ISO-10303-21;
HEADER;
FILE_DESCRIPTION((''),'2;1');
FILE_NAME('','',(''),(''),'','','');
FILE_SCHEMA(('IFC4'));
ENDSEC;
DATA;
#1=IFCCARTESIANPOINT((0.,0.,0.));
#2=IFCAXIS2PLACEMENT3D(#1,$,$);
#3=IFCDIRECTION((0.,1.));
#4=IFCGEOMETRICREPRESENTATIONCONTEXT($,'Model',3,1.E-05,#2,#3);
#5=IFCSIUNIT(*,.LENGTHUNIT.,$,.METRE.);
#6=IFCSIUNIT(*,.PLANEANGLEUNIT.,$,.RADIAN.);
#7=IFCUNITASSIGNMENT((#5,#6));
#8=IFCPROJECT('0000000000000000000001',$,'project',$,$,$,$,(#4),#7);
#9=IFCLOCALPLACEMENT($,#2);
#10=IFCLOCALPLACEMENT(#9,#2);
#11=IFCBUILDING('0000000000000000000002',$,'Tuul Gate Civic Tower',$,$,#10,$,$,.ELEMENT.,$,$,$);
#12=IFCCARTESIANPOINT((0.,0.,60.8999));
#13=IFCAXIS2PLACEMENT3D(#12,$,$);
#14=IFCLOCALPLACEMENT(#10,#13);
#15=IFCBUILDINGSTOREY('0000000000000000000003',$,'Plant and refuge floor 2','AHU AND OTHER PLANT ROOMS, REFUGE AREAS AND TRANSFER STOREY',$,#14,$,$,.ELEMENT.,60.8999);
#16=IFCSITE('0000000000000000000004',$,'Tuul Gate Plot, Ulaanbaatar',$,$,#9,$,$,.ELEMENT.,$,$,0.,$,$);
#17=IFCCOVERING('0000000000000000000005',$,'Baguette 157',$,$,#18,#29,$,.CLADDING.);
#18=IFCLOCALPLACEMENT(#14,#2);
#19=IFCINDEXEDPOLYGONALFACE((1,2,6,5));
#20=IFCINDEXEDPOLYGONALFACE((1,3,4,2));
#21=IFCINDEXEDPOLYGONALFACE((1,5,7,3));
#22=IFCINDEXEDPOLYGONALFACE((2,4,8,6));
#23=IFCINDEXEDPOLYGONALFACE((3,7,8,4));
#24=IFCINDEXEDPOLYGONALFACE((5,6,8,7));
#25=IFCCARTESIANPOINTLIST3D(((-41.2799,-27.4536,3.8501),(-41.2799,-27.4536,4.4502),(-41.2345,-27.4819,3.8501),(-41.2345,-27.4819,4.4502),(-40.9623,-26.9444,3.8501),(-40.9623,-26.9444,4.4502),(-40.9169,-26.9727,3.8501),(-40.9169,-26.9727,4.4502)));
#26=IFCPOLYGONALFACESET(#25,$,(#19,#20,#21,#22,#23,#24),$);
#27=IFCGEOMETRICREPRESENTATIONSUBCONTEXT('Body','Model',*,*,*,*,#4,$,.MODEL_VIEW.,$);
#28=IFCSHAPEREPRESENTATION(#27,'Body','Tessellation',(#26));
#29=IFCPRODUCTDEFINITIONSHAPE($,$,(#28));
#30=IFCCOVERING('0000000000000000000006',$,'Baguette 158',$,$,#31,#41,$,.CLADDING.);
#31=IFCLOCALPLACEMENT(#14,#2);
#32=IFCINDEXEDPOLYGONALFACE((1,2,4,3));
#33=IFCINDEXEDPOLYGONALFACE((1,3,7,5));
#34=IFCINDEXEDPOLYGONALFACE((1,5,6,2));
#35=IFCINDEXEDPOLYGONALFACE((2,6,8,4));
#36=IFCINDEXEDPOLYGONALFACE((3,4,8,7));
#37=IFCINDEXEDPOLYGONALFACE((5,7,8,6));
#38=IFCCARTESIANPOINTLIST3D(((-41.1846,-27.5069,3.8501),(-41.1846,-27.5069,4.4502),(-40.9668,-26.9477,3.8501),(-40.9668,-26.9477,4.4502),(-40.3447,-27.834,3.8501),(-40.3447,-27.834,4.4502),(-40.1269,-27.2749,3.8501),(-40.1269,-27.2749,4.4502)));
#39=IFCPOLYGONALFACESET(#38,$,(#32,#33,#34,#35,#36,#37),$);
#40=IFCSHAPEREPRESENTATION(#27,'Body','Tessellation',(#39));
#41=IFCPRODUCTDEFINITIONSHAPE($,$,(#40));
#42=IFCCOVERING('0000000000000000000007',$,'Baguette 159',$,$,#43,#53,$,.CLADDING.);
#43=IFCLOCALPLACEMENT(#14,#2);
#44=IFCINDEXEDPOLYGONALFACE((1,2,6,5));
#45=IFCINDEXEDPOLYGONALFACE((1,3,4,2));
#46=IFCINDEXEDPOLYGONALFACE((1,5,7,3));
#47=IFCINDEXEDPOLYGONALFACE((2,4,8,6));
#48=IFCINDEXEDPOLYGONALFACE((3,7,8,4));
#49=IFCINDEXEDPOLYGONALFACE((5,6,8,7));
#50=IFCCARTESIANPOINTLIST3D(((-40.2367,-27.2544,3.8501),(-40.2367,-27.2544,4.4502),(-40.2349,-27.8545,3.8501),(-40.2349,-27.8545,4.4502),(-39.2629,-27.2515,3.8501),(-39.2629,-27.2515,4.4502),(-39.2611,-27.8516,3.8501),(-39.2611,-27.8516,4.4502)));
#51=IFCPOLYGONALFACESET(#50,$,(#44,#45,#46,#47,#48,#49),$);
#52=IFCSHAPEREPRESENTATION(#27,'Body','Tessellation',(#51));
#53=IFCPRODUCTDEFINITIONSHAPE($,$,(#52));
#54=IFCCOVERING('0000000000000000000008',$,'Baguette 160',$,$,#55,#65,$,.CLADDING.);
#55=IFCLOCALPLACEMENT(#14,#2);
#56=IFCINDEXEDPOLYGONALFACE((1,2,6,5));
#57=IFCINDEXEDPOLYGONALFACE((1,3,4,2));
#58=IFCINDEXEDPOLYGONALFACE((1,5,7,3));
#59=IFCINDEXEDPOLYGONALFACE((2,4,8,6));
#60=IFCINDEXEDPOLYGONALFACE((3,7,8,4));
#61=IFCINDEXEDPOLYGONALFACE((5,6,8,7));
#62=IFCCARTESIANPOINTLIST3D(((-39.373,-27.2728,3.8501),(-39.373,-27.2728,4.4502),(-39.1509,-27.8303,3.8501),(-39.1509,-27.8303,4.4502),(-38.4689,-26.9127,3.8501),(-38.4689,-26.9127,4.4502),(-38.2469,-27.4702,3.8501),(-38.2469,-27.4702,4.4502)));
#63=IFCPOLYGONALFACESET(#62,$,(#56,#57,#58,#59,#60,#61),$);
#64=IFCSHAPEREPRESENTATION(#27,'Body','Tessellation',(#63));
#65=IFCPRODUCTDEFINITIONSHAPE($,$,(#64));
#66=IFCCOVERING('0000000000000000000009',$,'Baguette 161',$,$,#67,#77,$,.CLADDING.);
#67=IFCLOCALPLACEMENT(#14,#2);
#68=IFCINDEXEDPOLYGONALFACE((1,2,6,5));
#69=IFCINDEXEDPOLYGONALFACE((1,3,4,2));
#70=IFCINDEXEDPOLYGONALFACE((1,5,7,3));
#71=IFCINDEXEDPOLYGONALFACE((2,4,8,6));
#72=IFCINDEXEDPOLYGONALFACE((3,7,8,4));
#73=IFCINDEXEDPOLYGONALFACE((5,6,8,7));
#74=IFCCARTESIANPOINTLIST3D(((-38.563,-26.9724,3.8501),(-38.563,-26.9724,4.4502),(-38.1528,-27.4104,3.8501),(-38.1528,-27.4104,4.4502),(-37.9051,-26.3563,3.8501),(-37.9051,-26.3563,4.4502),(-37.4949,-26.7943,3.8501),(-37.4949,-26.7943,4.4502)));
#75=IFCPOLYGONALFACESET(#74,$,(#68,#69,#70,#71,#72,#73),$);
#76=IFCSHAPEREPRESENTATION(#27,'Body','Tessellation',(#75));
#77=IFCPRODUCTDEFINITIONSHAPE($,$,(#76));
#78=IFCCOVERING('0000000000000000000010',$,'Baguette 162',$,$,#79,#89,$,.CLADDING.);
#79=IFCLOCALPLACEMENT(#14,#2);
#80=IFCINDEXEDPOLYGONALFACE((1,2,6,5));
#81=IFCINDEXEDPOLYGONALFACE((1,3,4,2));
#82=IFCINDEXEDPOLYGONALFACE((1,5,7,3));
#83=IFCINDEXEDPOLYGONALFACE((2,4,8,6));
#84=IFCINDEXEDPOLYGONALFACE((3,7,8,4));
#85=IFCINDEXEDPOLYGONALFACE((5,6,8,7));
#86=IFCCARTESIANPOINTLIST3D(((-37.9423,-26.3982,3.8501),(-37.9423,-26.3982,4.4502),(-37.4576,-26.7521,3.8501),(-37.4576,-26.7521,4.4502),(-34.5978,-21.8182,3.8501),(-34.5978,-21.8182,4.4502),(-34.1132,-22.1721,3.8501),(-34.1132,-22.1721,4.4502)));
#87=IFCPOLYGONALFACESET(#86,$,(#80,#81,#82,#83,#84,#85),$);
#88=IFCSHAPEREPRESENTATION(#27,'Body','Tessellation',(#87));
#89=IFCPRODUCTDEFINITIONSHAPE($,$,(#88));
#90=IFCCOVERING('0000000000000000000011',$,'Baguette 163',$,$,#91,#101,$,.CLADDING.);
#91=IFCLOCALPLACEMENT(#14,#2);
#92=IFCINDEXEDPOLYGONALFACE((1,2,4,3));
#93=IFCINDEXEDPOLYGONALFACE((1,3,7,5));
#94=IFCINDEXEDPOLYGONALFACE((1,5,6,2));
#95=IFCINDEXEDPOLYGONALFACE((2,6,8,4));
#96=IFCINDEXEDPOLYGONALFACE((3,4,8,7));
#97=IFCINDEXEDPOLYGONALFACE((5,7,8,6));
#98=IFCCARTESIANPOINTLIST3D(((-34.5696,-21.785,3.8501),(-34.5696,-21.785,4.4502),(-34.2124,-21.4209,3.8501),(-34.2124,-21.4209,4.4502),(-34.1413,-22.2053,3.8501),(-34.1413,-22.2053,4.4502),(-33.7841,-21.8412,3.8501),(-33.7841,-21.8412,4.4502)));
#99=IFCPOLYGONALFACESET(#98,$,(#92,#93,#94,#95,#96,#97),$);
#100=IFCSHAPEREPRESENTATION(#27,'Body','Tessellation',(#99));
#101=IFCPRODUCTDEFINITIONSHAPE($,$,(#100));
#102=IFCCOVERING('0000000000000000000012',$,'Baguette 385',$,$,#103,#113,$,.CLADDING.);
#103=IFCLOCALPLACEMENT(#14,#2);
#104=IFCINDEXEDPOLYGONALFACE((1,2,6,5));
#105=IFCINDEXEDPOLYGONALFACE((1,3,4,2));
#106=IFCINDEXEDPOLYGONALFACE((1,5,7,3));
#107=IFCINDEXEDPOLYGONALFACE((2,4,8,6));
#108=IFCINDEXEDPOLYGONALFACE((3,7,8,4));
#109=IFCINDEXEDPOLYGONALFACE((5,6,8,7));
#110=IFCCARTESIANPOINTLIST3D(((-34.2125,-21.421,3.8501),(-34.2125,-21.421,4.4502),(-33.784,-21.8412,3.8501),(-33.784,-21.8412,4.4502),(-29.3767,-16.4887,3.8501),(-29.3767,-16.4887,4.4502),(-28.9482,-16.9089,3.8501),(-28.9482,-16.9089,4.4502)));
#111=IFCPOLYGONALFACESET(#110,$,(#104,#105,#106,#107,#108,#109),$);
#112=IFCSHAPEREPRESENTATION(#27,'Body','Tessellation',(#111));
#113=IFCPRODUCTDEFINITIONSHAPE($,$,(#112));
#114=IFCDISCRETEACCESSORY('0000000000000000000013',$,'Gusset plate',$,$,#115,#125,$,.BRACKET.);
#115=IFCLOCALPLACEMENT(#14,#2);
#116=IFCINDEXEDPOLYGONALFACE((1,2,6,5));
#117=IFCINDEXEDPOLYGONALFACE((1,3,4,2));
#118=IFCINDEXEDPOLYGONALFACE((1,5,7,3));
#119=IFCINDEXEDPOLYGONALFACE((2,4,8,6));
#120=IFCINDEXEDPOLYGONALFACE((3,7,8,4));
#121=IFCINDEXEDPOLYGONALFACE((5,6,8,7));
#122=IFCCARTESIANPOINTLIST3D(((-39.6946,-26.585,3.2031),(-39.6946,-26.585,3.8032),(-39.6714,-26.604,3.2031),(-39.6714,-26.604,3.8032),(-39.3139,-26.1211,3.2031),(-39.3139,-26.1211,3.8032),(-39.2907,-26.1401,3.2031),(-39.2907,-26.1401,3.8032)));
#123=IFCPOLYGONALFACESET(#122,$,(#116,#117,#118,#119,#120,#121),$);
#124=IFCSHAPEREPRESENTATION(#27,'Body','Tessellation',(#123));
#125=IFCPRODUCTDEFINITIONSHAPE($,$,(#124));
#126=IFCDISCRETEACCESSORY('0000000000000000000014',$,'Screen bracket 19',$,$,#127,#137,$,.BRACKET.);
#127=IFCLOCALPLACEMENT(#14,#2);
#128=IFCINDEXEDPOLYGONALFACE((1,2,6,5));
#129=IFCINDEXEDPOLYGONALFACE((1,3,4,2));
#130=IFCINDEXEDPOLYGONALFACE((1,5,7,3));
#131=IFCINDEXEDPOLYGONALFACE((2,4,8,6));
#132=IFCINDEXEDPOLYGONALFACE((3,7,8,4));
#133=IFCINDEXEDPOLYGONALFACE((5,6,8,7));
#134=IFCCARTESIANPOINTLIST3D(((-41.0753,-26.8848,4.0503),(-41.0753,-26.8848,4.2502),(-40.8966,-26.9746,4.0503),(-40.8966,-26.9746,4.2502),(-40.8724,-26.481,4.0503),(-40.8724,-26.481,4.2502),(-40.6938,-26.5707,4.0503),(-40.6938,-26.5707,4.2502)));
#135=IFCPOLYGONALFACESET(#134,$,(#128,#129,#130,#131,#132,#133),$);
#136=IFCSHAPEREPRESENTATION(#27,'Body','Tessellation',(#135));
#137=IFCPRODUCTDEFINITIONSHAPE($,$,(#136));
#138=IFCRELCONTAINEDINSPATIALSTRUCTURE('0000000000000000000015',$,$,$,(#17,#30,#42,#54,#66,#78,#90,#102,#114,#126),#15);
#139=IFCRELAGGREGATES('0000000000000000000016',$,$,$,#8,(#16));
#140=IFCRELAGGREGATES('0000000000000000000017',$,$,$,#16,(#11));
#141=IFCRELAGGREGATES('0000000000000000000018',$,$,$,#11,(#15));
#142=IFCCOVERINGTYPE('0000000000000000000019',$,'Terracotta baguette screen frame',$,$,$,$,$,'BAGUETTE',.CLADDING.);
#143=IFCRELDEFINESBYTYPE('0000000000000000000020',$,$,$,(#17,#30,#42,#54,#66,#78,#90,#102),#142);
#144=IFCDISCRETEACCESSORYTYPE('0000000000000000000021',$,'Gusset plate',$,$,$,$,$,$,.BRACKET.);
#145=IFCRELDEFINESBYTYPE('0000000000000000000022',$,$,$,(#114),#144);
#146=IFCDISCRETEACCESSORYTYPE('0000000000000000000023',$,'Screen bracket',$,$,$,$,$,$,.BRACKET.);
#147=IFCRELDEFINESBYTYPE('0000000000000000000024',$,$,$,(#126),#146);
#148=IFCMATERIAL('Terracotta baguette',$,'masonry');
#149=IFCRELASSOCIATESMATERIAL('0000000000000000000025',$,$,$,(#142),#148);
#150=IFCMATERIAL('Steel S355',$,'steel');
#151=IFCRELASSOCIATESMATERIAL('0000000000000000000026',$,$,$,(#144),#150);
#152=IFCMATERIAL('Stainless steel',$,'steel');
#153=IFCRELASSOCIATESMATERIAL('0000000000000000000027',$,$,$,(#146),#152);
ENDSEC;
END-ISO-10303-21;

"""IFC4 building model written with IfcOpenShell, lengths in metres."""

from ifc_helpers import new_model, si_unit, direction, frame, origin, origin_2d, place, context, subcontext, project, spatial, rectangle, extrude, material, material_profile, profile_set, type_object, element, save


model = new_model("IFC4")

# Units and contexts
model_context = context("Model", 3, precision=1e-05, world=origin(), true_north=direction((0.0, 1.0)))
body_context = subcontext(model_context, "Body", "Model", "MODEL_VIEW")
ifc_project = project(units=[si_unit("LENGTHUNIT", "METRE"), si_unit("PLANEANGLEUNIT", "RADIAN")], contexts=[model_context])

# Site, building, storey
site_placement = place(None, origin())
site = spatial("IfcSite", under=ifc_project, at=site_placement, Name="Tuul Gate Plot, Ulaanbaatar", CompositionType="ELEMENT", RefElevation=0.0)
building_placement = place(site_placement, origin())
building = spatial("IfcBuilding", under=site, at=building_placement, Name="Tuul Gate Civic Tower", CompositionType="ELEMENT")
storey_placement = place(building_placement, frame((0.0, 0.0, 60.8999)))
storey = spatial("IfcBuildingStorey", under=building, at=storey_placement, Name="Plant and refuge floor 2", Description="AHU AND OTHER PLANT ROOMS, REFUGE AREAS AND TRANSFER STOREY", CompositionType="ELEMENT", Elevation=60.8999)

# Coverings
ifc_material_1 = material(Name="Terracotta baguette", Category="masonry")
ifc_material_profile_1 = material_profile(ifc_material_1, rectangle(XDim=0.6001, YDim=0.6001, at=origin_2d()), Name="Terracotta baguette screen frame")
ifc_profile_set_1 = profile_set([ifc_material_profile_1], Name="Terracotta baguette")
covering_type = type_object("IfcCoveringType", Name="Terracotta baguette screen frame", ElementType="BAGUETTE", PredefinedType="CLADDING", material=ifc_profile_set_1)
covering_1_placement = place(storey_placement, frame((-41.1211, -27.199, 4.1501), z_axis=(0.84851, -0.529179, 0.0), x_axis=(0.529179, 0.84851, 0.0)))
element("IfcCovering", 1, at=covering_1_placement, inside=storey, type_object=covering_type, Name="Baguette 157", PredefinedType="CLADDING", context=body_context, shape_type="SweptSolid", body=[
    extrude(rectangle(XDim=0.6001, YDim=0.6001, at=origin_2d()), origin(), (0.0, 0.0, 1.0), 0.0535),
])
covering_2_placement = place(storey_placement, frame((-41.0757, -27.2273, 4.1501), z_axis=(0.931801, -0.362969, 0.0), x_axis=(0.362969, 0.931801, 0.0)))
element("IfcCovering", 2, at=covering_2_placement, inside=storey, type_object=covering_type, Name="Baguette 158", PredefinedType="CLADDING", context=body_context, shape_type="SweptSolid", body=[
    extrude(rectangle(XDim=0.6001, YDim=0.6001, at=origin_2d()), origin(), (0.0, 0.0, 1.0), 0.9014),
])
covering_3_placement = place(storey_placement, frame((-40.2358, -27.5544, 4.1501), z_axis=(0.999995, 0.003008, 0.0), x_axis=(-0.003008, 0.999995, 0.0)))
element("IfcCovering", 3, at=covering_3_placement, inside=storey, type_object=covering_type, Name="Baguette 159", PredefinedType="CLADDING", context=body_context, shape_type="SweptSolid", body=[
    extrude(rectangle(XDim=0.6001, YDim=0.6001, at=origin_2d()), origin(), (0.0, 0.0, 1.0), 0.9739),
])
covering_4_placement = place(storey_placement, frame((-39.262, -27.5515, 4.1501), z_axis=(0.929012, 0.370049, 0.0), x_axis=(-0.370049, 0.929012, 0.0)))
element("IfcCovering", 4, at=covering_4_placement, inside=storey, type_object=covering_type, Name="Baguette 160", PredefinedType="CLADDING", context=body_context, shape_type="SweptSolid", body=[
    extrude(rectangle(XDim=0.6001, YDim=0.6001, at=origin_2d()), origin(), (0.0, 0.0, 1.0), 0.9731),
])
covering_5_placement = place(storey_placement, frame((-38.3579, -27.1914, 4.1501), z_axis=(0.729883, 0.683572, 0.0), x_axis=(-0.683572, 0.729883, 0.0)))
element("IfcCovering", 5, at=covering_5_placement, inside=storey, type_object=covering_type, Name="Baguette 161", PredefinedType="CLADDING", context=body_context, shape_type="SweptSolid", body=[
    extrude(rectangle(XDim=0.6001, YDim=0.6001, at=origin_2d()), origin(), (0.0, 0.0, 1.0), 0.9014),
])
covering_6_placement = place(storey_placement, frame((-37.7, -26.5752, 4.1501), z_axis=(0.589729, 0.807601, 0.0), x_axis=(-0.807601, 0.589729, 0.0)))
element("IfcCovering", 6, at=covering_6_placement, inside=storey, type_object=covering_type, Name="Baguette 162", PredefinedType="CLADDING", context=body_context, shape_type="SweptSolid", body=[
    extrude(rectangle(XDim=0.6001, YDim=0.6001, at=origin_2d()), origin(), (0.0, 0.0, 1.0), 5.6711),
])
covering_7_placement = place(storey_placement, frame((-34.3555, -21.9951, 4.1501), z_axis=(0.700373, 0.713777, 0.0), x_axis=(-0.713777, 0.700373, 0.0)))
element("IfcCovering", 7, at=covering_7_placement, inside=storey, type_object=covering_type, Name="Baguette 163", PredefinedType="CLADDING", context=body_context, shape_type="SweptSolid", body=[
    extrude(rectangle(XDim=0.6001, YDim=0.6001, at=origin_2d()), origin(), (0.0, 0.0, 1.0), 0.51),
])
covering_8_placement = place(storey_placement, frame((-33.9983, -21.6311, 4.1501), z_axis=(0.700092, 0.714053, 0.0), x_axis=(-0.714053, 0.700092, 0.0)))
element("IfcCovering", 8, at=covering_8_placement, inside=storey, type_object=covering_type, Name="Baguette 385", PredefinedType="CLADDING", context=body_context, shape_type="SweptSolid", body=[
    extrude(rectangle(XDim=0.6001, YDim=0.6001, at=origin_2d()), origin(), (0.0, 0.0, 1.0), 6.9075),
])

# Discrete accessories
ifc_material_2 = material(Name="Steel S355", Category="steel")
discrete_accessory_type_1 = type_object("IfcDiscreteAccessoryType", Name="Gusset plate", PredefinedType="BRACKET", material=ifc_material_2)
discrete_accessory_1_placement = place(storey_placement, frame((-39.4927, -26.3625, 3.2031), z_axis=(0.0, 0.0, 1.0), x_axis=(0.6344, 0.773005, 0.0)))
element("IfcDiscreteAccessory", 9, at=discrete_accessory_1_placement, inside=storey, type_object=discrete_accessory_type_1, Name="Gusset plate", PredefinedType="BRACKET", context=body_context, shape_type="SweptSolid", body=[
    extrude(rectangle(XDim=0.6001, YDim=0.03, at=origin_2d()), origin(), (0.0, 0.0, 1.0), 0.6001),
])
ifc_material_3 = material(Name="Stainless steel", Category="steel")
discrete_accessory_type_2 = type_object("IfcDiscreteAccessoryType", Name="Screen bracket", PredefinedType="BRACKET", material=ifc_material_3)
discrete_accessory_2_placement = place(storey_placement, frame((-40.8845, -26.7278, 4.0503), z_axis=(0.0, 0.0, 1.0), x_axis=(-0.44885, -0.893607, 0.0)))
element("IfcDiscreteAccessory", 10, at=discrete_accessory_2_placement, inside=storey, type_object=discrete_accessory_type_2, Name="Screen bracket 19", PredefinedType="BRACKET", context=body_context, shape_type="SweptSolid", body=[
    extrude(rectangle(XDim=0.4519, YDim=0.2, at=origin_2d()), origin(), (0.0, 0.0, 1.0), 0.2),
])

save(model, "model.ifc")
